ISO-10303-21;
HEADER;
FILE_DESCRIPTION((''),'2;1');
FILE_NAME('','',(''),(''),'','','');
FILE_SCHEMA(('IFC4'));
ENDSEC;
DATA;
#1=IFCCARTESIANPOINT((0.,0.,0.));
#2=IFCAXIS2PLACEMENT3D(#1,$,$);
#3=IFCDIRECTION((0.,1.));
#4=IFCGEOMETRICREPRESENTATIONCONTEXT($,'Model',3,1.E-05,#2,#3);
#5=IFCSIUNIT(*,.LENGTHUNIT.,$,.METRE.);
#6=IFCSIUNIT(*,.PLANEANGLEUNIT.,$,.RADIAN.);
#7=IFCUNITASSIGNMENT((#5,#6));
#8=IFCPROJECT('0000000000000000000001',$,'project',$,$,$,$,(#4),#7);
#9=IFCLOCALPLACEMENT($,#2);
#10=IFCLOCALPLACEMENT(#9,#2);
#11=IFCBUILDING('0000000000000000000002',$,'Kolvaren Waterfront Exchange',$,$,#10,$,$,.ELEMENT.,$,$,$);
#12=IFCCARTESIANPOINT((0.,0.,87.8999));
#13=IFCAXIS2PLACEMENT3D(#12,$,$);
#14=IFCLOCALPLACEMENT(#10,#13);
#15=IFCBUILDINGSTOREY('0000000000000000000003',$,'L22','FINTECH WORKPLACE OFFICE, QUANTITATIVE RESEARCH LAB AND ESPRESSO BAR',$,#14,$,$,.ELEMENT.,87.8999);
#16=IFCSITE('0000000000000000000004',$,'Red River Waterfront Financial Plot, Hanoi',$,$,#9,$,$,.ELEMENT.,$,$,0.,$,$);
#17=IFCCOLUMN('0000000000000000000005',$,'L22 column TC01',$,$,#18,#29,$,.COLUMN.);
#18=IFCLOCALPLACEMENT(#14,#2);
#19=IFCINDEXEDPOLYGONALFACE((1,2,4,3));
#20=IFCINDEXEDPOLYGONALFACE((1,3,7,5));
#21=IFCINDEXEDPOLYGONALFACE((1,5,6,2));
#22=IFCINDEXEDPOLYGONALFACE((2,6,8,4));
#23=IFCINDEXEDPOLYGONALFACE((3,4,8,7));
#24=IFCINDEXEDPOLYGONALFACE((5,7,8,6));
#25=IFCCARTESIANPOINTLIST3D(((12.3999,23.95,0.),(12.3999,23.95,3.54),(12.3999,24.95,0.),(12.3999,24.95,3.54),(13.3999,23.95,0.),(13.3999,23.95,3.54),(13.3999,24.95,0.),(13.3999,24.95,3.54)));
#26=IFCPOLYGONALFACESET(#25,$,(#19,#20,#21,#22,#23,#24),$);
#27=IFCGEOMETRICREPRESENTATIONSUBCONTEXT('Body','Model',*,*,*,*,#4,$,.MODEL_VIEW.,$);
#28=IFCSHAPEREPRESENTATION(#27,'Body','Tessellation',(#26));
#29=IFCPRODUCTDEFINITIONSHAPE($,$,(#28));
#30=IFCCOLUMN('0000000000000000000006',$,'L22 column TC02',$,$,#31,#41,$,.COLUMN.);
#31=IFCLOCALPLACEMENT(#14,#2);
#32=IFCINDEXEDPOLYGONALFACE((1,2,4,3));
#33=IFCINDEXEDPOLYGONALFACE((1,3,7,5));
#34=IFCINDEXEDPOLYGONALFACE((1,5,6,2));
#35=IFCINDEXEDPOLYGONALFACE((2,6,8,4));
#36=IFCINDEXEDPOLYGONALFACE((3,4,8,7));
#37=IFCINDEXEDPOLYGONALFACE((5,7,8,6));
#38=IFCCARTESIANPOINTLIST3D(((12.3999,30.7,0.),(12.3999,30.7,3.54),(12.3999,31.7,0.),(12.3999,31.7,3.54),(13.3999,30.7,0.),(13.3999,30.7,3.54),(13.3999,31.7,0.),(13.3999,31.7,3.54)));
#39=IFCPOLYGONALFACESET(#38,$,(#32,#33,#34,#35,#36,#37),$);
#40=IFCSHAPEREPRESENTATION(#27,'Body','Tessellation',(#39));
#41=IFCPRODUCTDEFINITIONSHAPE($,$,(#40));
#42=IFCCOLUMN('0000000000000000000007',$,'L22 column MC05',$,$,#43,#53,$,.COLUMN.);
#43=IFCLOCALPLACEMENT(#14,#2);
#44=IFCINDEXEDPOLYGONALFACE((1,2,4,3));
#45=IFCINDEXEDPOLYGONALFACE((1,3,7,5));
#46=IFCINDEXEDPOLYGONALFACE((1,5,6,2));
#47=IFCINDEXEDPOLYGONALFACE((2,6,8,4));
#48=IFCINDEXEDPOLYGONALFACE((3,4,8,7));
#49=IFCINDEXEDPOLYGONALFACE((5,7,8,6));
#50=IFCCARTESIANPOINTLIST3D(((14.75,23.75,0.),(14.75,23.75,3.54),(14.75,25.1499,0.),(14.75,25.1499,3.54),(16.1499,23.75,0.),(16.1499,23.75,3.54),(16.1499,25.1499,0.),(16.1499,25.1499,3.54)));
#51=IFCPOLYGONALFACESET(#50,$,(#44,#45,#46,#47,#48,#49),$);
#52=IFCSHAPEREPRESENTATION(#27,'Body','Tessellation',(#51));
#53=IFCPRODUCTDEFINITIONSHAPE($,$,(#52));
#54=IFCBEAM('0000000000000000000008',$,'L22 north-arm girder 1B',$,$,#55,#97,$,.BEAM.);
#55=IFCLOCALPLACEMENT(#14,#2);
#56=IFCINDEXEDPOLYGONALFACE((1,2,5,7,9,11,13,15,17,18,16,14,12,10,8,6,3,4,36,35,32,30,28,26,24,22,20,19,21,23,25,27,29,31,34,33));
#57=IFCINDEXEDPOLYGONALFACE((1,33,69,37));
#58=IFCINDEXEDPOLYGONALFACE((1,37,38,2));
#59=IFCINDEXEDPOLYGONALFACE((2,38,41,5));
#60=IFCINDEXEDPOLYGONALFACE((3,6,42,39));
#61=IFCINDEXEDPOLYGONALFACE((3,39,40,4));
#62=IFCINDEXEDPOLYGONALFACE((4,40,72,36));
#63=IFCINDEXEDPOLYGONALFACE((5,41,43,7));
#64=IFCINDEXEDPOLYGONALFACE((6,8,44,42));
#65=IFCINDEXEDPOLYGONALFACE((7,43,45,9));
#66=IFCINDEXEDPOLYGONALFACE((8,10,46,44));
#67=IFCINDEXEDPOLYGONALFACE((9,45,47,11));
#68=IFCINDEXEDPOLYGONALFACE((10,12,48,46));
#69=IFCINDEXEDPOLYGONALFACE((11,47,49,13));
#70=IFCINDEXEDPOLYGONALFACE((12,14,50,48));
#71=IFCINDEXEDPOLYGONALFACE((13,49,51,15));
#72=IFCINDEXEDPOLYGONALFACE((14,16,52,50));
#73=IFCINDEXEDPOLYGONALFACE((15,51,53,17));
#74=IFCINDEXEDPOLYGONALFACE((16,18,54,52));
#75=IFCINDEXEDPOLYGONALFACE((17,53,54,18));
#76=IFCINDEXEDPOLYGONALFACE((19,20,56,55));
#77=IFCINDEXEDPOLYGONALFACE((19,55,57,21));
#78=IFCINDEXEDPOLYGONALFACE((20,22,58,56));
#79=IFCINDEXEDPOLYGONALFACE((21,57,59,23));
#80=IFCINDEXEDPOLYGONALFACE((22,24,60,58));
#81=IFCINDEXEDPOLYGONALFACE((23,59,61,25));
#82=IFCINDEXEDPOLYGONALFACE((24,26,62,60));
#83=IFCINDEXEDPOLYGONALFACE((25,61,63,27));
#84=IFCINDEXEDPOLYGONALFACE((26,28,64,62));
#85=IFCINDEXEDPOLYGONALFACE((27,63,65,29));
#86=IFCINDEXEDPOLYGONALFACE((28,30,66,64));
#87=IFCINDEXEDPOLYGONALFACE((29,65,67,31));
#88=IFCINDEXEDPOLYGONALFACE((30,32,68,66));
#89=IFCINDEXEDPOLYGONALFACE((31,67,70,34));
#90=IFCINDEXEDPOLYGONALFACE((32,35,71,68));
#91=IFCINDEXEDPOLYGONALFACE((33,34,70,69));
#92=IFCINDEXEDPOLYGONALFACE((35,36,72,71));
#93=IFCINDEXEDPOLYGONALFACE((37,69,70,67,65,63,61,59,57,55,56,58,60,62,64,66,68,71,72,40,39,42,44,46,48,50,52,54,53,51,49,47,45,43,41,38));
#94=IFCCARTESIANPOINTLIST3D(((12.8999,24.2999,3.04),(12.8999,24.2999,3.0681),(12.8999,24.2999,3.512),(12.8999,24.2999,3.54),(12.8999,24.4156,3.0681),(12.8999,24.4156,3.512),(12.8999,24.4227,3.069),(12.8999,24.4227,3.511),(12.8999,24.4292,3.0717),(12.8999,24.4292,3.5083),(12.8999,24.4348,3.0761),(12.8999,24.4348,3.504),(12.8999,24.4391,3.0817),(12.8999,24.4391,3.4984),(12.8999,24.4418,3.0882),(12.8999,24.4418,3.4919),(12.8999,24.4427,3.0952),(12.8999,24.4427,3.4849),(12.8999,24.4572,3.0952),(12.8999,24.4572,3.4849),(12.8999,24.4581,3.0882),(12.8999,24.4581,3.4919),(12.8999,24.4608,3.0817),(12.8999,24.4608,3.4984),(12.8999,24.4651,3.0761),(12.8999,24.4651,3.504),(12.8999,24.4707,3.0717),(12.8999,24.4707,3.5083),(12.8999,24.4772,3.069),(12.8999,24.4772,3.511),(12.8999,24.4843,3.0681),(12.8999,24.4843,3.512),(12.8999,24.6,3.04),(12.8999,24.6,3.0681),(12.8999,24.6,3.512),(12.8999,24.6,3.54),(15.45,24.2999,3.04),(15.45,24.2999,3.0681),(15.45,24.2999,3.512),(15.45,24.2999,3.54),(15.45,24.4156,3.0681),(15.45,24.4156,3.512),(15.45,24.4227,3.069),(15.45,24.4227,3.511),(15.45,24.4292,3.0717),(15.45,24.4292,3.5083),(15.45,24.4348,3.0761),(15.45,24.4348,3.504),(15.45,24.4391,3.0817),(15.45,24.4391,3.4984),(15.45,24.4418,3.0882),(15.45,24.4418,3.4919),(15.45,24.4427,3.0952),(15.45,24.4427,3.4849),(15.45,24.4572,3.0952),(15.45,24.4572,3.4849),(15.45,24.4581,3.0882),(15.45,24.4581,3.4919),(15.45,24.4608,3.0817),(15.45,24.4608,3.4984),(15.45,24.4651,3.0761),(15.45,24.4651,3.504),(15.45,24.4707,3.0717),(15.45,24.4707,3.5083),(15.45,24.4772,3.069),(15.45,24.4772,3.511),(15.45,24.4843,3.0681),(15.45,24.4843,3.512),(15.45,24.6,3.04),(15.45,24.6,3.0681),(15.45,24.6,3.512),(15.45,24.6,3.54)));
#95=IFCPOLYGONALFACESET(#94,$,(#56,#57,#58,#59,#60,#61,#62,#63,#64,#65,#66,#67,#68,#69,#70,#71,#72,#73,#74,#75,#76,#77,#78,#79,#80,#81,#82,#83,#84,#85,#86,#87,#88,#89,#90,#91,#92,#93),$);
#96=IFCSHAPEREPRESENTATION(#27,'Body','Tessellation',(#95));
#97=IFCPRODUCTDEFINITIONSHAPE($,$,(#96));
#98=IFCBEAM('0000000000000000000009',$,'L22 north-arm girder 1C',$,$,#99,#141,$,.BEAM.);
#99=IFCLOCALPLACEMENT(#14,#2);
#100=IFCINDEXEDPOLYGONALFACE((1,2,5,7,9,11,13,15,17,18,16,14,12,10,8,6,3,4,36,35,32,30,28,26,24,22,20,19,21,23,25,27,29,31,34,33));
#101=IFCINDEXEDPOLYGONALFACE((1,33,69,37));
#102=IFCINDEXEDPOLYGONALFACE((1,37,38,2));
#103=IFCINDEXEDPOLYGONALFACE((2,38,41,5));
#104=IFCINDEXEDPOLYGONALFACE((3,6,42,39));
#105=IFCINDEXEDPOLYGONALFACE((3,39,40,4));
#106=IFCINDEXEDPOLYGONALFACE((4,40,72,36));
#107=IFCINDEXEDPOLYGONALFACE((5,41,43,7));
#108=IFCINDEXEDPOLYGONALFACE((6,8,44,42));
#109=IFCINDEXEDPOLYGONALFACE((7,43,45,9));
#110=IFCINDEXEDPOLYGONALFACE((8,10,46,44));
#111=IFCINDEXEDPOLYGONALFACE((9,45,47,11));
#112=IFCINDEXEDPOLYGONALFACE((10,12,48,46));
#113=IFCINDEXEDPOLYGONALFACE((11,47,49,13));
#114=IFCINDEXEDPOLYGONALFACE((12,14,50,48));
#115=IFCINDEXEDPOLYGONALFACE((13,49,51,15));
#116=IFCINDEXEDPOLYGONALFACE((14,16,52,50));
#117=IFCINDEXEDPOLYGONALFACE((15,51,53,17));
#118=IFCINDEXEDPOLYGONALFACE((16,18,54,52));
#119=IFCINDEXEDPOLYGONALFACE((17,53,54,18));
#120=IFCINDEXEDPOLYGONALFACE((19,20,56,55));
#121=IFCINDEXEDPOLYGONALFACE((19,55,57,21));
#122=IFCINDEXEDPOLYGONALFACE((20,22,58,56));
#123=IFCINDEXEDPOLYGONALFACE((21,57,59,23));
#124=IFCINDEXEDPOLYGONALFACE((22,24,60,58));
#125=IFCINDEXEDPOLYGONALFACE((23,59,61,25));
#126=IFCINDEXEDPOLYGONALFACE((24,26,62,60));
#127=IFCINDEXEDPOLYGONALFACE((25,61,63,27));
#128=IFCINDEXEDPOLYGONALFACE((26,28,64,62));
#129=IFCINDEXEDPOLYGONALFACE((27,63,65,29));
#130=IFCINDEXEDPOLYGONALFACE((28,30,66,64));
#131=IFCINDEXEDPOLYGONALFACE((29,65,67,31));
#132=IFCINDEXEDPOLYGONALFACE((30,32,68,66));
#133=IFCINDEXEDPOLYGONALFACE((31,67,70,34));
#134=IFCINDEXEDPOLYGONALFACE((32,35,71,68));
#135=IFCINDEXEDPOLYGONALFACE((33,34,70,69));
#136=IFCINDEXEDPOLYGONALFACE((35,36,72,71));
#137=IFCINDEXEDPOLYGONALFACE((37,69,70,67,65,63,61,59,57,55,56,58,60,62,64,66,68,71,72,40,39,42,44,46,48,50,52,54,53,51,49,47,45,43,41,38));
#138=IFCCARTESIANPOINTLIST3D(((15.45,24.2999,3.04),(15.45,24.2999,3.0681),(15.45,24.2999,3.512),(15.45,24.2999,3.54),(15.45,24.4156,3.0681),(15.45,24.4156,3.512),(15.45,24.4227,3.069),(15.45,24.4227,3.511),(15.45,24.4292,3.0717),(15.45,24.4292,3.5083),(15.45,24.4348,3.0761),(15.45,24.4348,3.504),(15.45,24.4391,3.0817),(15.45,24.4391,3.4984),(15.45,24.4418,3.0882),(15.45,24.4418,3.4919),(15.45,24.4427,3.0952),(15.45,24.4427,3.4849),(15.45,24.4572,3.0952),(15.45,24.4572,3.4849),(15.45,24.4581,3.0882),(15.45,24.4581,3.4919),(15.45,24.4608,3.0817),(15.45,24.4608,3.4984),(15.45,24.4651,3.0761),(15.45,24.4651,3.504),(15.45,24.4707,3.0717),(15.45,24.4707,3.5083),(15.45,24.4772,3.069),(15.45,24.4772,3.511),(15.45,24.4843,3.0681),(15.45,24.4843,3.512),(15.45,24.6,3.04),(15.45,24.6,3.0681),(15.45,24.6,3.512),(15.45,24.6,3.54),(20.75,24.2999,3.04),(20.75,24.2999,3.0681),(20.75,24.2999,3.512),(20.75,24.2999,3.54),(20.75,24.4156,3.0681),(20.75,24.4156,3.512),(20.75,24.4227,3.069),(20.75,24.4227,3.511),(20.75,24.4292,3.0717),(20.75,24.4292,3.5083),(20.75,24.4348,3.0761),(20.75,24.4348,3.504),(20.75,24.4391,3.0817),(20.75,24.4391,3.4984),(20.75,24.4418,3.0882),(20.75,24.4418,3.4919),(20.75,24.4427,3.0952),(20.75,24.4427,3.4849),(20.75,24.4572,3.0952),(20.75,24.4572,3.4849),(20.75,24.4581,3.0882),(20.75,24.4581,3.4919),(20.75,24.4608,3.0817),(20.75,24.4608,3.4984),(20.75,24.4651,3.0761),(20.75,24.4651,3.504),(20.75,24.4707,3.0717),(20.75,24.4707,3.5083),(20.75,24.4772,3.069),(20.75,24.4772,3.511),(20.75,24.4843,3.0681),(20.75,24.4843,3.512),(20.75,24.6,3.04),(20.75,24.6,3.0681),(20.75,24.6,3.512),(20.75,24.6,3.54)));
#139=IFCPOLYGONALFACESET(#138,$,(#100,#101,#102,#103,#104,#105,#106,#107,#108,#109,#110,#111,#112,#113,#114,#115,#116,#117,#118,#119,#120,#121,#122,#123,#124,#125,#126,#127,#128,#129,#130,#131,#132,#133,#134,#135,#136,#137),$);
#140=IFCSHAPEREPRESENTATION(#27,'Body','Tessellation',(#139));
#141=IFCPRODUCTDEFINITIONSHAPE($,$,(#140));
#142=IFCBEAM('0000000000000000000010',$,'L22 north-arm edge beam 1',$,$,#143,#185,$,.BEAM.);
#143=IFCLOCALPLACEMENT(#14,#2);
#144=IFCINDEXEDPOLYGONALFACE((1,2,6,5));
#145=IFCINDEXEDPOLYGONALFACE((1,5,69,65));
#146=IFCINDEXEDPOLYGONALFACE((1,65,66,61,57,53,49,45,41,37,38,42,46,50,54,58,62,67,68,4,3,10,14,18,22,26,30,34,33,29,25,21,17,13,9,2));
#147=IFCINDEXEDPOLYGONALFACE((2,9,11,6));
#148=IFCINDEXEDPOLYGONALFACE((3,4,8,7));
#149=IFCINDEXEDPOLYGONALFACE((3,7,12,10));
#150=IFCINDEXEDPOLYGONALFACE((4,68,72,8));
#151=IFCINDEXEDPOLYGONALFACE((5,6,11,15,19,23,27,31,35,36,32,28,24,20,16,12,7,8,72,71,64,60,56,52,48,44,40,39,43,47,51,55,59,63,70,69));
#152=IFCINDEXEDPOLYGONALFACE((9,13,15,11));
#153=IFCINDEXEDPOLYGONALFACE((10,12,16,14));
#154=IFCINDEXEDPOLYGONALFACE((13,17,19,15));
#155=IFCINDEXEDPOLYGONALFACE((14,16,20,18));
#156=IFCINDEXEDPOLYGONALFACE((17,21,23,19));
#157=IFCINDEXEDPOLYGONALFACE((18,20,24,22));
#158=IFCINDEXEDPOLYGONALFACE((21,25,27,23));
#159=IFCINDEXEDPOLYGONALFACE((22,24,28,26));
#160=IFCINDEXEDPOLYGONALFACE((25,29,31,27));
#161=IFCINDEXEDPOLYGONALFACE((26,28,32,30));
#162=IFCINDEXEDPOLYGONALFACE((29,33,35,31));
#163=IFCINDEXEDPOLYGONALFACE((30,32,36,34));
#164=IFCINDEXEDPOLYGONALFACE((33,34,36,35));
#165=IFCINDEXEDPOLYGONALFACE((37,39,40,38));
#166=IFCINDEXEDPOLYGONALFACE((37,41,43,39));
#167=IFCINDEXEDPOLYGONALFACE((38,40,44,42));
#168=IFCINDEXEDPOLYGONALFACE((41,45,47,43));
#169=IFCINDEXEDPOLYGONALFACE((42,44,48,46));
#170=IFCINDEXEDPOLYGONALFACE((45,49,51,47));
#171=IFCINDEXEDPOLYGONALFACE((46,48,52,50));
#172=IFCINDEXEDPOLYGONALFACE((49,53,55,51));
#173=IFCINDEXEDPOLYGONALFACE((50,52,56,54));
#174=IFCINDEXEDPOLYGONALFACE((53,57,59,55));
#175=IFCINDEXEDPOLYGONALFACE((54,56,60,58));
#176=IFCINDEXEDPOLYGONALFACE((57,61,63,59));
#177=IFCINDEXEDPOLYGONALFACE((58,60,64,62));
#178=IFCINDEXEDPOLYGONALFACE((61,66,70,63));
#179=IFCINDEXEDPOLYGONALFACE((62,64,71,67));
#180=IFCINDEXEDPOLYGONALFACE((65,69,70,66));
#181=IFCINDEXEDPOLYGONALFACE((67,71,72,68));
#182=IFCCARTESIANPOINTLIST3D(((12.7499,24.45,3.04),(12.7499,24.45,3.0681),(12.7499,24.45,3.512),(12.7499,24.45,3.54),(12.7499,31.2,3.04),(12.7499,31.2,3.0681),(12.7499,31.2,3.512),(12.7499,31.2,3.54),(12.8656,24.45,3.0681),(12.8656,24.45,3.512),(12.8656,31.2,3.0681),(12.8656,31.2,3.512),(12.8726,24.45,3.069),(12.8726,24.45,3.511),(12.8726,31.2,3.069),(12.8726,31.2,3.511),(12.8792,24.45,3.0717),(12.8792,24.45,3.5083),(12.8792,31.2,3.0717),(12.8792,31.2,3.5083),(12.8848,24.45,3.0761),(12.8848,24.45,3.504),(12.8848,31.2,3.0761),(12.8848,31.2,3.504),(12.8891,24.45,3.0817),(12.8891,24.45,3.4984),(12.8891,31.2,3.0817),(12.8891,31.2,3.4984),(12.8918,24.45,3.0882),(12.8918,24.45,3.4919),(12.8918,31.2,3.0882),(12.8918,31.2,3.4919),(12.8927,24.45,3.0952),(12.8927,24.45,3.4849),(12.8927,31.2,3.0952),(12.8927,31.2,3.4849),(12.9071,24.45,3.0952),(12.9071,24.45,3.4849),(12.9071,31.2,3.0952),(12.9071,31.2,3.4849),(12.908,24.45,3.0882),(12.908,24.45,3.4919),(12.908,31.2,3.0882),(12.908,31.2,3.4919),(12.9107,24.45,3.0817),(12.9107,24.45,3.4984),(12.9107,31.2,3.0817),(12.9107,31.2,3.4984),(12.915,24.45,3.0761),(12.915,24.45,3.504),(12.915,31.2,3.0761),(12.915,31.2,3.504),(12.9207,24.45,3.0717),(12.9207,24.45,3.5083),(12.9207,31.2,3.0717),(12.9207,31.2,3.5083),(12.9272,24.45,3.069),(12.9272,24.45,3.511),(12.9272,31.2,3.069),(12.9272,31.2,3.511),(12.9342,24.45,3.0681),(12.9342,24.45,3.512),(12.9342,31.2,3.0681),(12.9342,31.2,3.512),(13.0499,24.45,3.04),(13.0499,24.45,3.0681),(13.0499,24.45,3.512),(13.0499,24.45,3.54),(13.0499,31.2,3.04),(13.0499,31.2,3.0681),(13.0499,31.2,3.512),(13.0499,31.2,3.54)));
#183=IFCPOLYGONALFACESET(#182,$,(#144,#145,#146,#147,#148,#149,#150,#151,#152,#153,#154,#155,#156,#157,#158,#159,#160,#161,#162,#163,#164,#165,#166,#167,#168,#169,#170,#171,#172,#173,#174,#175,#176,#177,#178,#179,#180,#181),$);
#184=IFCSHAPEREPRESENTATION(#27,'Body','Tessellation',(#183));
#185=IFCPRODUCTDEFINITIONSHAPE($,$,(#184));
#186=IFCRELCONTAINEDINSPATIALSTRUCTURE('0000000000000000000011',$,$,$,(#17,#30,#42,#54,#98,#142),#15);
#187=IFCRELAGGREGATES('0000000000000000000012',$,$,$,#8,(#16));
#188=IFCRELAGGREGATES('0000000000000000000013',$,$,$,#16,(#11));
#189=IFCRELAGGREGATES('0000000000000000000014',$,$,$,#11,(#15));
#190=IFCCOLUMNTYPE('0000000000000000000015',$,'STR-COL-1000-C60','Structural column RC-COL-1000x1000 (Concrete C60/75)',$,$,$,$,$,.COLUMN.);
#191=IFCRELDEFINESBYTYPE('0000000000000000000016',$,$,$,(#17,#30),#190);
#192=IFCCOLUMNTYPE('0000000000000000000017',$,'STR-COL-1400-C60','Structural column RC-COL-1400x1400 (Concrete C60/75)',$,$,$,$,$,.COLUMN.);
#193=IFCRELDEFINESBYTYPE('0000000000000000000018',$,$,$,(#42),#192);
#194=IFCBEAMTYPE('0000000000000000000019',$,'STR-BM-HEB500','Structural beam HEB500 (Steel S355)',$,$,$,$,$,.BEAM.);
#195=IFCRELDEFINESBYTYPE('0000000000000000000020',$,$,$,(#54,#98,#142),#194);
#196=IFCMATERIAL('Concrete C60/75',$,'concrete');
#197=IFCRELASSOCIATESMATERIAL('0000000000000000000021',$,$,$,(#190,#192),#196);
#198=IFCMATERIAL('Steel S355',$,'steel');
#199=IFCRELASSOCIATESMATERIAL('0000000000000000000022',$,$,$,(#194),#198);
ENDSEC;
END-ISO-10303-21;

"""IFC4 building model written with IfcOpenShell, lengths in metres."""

from ifc_helpers import new_model, si_unit, direction, frame, origin, origin_2d, place, context, subcontext, project, spatial, rectangle, i_section, extrude, material, material_profile, profile_set, type_object, element, save


model = new_model("IFC4")

# Units and contexts
model_context = context("Model", 3, precision=1e-05, world=origin(), true_north=direction((0.0, 1.0)))
body_context = subcontext(model_context, "Body", "Model", "MODEL_VIEW")
ifc_project = project(units=[si_unit("LENGTHUNIT", "METRE"), si_unit("PLANEANGLEUNIT", "RADIAN")], contexts=[model_context])

# Site, building, storey
site_placement = place(None, origin())
site = spatial("IfcSite", under=ifc_project, at=site_placement, Name="Red River Waterfront Financial Plot, Hanoi", CompositionType="ELEMENT", RefElevation=0.0)
building_placement = place(site_placement, origin())
building = spatial("IfcBuilding", under=site, at=building_placement, Name="Kolvaren Waterfront Exchange", CompositionType="ELEMENT")
storey_placement = place(building_placement, frame((0.0, 0.0, 87.8999)))
storey = spatial("IfcBuildingStorey", under=building, at=storey_placement, Name="L22", Description="FINTECH WORKPLACE OFFICE, QUANTITATIVE RESEARCH LAB AND ESPRESSO BAR", CompositionType="ELEMENT", Elevation=87.8999)

# Columns
ifc_material_1 = material(Name="Concrete C60/75", Category="concrete")
ifc_material_profile_1 = material_profile(ifc_material_1, rectangle(XDim=1.0, YDim=1.0, at=origin_2d()), Name="RC-COL-1000x1000")
ifc_profile_set_1 = profile_set([ifc_material_profile_1], Name="Concrete C60/75")
column_type_1 = type_object("IfcColumnType", Name="STR-COL-1000-C60", Description="Structural column RC-COL-1000x1000 (Concrete C60/75)", PredefinedType="COLUMN", material=ifc_profile_set_1)
for number, where, z_axis, x_axis, name in (
    (1, (12.8999, 24.45, 0.0), (0.0, 0.0, 1.0), (1.0, 0.0, 0.0), "L22 column TC01"),
    (2, (12.8999, 31.2, 0.0), (0.0, 0.0, 1.0), (1.0, 0.0, 0.0), "L22 column TC02"),
):
    element("IfcColumn", number, at=place(storey_placement, frame(where, z_axis=z_axis, x_axis=x_axis)), inside=storey, type_object=column_type_1, Name=name, PredefinedType="COLUMN", context=body_context, shape_type="SweptSolid", body=[
        extrude(rectangle(XDim=1.0, YDim=1.0, at=origin_2d()), origin(), (0.0, 0.0, 1.0), 3.54),
    ])
ifc_material_profile_2 = material_profile(ifc_material_1, rectangle(XDim=1.3999, YDim=1.3999, at=origin_2d()), Name="RC-COL-1400x1400")
ifc_profile_set_2 = profile_set([ifc_material_profile_2], Name="Concrete C60/75")
column_type_2 = type_object("IfcColumnType", Name="STR-COL-1400-C60", Description="Structural column RC-COL-1400x1400 (Concrete C60/75)", PredefinedType="COLUMN", material=ifc_profile_set_2)
column_placement = place(storey_placement, frame((15.45, 24.45, 0.0), z_axis=(0.0, 0.0, 1.0), x_axis=(1.0, 0.0, 0.0)))
element("IfcColumn", 3, at=column_placement, inside=storey, type_object=column_type_2, Name="L22 column MC05", PredefinedType="COLUMN", context=body_context, shape_type="SweptSolid", body=[
    extrude(rectangle(XDim=1.3999, YDim=1.3999, at=origin_2d()), origin(), (0.0, 0.0, 1.0), 3.54),
])

# Beams
ifc_material_2 = material(Name="Steel S355", Category="steel")
ifc_material_profile_3 = material_profile(ifc_material_2, i_section(OverallWidth=0.3, OverallDepth=0.5, WebThickness=0.0144, FlangeThickness=0.0281, FilletRadius=0.0271, at=origin_2d()), Name="HEB500")
ifc_profile_set_3 = profile_set([ifc_material_profile_3], Name="Steel S355")
beam_type_1 = type_object("IfcBeamType", Name="STR-BM-HEB500", Description="Structural beam HEB500 (Steel S355)", PredefinedType="BEAM", material=ifc_profile_set_3)
beam_1_placement = place(storey_placement, frame((12.8999, 24.45, 3.29), z_axis=(1.0, 0.0, 0.0), x_axis=(0.0, 1.0, 0.0)))
element("IfcBeam", 4, at=beam_1_placement, inside=storey, type_object=beam_type_1, Name="L22 north-arm girder 1B", PredefinedType="BEAM", context=body_context, shape_type="SweptSolid", body=[
    extrude(i_section(OverallWidth=0.3, OverallDepth=0.5, WebThickness=0.0144, FlangeThickness=0.0281, FilletRadius=0.0271, at=origin_2d()), origin(), (0.0, 0.0, 1.0), 2.55),
])
beam_2_placement = place(storey_placement, frame((15.45, 24.45, 3.29), z_axis=(1.0, 0.0, 0.0), x_axis=(0.0, 1.0, 0.0)))
element("IfcBeam", 5, at=beam_2_placement, inside=storey, type_object=beam_type_1, Name="L22 north-arm girder 1C", PredefinedType="BEAM", context=body_context, shape_type="SweptSolid", body=[
    extrude(i_section(OverallWidth=0.3, OverallDepth=0.5, WebThickness=0.0144, FlangeThickness=0.0281, FilletRadius=0.0271, at=origin_2d()), origin(), (0.0, 0.0, 1.0), 5.3),
])
beam_3_placement = place(storey_placement, frame((12.8999, 24.45, 3.29), z_axis=(0.0, 1.0, 0.0), x_axis=(-1.0, 0.0, 0.0)))
element("IfcBeam", 6, at=beam_3_placement, inside=storey, type_object=beam_type_1, Name="L22 north-arm edge beam 1", PredefinedType="BEAM", context=body_context, shape_type="SweptSolid", body=[
    extrude(i_section(OverallWidth=0.3, OverallDepth=0.5, WebThickness=0.0144, FlangeThickness=0.0281, FilletRadius=0.0271, at=origin_2d()), origin(), (0.0, 0.0, 1.0), 6.75),
])

save(model, "model.ifc")
